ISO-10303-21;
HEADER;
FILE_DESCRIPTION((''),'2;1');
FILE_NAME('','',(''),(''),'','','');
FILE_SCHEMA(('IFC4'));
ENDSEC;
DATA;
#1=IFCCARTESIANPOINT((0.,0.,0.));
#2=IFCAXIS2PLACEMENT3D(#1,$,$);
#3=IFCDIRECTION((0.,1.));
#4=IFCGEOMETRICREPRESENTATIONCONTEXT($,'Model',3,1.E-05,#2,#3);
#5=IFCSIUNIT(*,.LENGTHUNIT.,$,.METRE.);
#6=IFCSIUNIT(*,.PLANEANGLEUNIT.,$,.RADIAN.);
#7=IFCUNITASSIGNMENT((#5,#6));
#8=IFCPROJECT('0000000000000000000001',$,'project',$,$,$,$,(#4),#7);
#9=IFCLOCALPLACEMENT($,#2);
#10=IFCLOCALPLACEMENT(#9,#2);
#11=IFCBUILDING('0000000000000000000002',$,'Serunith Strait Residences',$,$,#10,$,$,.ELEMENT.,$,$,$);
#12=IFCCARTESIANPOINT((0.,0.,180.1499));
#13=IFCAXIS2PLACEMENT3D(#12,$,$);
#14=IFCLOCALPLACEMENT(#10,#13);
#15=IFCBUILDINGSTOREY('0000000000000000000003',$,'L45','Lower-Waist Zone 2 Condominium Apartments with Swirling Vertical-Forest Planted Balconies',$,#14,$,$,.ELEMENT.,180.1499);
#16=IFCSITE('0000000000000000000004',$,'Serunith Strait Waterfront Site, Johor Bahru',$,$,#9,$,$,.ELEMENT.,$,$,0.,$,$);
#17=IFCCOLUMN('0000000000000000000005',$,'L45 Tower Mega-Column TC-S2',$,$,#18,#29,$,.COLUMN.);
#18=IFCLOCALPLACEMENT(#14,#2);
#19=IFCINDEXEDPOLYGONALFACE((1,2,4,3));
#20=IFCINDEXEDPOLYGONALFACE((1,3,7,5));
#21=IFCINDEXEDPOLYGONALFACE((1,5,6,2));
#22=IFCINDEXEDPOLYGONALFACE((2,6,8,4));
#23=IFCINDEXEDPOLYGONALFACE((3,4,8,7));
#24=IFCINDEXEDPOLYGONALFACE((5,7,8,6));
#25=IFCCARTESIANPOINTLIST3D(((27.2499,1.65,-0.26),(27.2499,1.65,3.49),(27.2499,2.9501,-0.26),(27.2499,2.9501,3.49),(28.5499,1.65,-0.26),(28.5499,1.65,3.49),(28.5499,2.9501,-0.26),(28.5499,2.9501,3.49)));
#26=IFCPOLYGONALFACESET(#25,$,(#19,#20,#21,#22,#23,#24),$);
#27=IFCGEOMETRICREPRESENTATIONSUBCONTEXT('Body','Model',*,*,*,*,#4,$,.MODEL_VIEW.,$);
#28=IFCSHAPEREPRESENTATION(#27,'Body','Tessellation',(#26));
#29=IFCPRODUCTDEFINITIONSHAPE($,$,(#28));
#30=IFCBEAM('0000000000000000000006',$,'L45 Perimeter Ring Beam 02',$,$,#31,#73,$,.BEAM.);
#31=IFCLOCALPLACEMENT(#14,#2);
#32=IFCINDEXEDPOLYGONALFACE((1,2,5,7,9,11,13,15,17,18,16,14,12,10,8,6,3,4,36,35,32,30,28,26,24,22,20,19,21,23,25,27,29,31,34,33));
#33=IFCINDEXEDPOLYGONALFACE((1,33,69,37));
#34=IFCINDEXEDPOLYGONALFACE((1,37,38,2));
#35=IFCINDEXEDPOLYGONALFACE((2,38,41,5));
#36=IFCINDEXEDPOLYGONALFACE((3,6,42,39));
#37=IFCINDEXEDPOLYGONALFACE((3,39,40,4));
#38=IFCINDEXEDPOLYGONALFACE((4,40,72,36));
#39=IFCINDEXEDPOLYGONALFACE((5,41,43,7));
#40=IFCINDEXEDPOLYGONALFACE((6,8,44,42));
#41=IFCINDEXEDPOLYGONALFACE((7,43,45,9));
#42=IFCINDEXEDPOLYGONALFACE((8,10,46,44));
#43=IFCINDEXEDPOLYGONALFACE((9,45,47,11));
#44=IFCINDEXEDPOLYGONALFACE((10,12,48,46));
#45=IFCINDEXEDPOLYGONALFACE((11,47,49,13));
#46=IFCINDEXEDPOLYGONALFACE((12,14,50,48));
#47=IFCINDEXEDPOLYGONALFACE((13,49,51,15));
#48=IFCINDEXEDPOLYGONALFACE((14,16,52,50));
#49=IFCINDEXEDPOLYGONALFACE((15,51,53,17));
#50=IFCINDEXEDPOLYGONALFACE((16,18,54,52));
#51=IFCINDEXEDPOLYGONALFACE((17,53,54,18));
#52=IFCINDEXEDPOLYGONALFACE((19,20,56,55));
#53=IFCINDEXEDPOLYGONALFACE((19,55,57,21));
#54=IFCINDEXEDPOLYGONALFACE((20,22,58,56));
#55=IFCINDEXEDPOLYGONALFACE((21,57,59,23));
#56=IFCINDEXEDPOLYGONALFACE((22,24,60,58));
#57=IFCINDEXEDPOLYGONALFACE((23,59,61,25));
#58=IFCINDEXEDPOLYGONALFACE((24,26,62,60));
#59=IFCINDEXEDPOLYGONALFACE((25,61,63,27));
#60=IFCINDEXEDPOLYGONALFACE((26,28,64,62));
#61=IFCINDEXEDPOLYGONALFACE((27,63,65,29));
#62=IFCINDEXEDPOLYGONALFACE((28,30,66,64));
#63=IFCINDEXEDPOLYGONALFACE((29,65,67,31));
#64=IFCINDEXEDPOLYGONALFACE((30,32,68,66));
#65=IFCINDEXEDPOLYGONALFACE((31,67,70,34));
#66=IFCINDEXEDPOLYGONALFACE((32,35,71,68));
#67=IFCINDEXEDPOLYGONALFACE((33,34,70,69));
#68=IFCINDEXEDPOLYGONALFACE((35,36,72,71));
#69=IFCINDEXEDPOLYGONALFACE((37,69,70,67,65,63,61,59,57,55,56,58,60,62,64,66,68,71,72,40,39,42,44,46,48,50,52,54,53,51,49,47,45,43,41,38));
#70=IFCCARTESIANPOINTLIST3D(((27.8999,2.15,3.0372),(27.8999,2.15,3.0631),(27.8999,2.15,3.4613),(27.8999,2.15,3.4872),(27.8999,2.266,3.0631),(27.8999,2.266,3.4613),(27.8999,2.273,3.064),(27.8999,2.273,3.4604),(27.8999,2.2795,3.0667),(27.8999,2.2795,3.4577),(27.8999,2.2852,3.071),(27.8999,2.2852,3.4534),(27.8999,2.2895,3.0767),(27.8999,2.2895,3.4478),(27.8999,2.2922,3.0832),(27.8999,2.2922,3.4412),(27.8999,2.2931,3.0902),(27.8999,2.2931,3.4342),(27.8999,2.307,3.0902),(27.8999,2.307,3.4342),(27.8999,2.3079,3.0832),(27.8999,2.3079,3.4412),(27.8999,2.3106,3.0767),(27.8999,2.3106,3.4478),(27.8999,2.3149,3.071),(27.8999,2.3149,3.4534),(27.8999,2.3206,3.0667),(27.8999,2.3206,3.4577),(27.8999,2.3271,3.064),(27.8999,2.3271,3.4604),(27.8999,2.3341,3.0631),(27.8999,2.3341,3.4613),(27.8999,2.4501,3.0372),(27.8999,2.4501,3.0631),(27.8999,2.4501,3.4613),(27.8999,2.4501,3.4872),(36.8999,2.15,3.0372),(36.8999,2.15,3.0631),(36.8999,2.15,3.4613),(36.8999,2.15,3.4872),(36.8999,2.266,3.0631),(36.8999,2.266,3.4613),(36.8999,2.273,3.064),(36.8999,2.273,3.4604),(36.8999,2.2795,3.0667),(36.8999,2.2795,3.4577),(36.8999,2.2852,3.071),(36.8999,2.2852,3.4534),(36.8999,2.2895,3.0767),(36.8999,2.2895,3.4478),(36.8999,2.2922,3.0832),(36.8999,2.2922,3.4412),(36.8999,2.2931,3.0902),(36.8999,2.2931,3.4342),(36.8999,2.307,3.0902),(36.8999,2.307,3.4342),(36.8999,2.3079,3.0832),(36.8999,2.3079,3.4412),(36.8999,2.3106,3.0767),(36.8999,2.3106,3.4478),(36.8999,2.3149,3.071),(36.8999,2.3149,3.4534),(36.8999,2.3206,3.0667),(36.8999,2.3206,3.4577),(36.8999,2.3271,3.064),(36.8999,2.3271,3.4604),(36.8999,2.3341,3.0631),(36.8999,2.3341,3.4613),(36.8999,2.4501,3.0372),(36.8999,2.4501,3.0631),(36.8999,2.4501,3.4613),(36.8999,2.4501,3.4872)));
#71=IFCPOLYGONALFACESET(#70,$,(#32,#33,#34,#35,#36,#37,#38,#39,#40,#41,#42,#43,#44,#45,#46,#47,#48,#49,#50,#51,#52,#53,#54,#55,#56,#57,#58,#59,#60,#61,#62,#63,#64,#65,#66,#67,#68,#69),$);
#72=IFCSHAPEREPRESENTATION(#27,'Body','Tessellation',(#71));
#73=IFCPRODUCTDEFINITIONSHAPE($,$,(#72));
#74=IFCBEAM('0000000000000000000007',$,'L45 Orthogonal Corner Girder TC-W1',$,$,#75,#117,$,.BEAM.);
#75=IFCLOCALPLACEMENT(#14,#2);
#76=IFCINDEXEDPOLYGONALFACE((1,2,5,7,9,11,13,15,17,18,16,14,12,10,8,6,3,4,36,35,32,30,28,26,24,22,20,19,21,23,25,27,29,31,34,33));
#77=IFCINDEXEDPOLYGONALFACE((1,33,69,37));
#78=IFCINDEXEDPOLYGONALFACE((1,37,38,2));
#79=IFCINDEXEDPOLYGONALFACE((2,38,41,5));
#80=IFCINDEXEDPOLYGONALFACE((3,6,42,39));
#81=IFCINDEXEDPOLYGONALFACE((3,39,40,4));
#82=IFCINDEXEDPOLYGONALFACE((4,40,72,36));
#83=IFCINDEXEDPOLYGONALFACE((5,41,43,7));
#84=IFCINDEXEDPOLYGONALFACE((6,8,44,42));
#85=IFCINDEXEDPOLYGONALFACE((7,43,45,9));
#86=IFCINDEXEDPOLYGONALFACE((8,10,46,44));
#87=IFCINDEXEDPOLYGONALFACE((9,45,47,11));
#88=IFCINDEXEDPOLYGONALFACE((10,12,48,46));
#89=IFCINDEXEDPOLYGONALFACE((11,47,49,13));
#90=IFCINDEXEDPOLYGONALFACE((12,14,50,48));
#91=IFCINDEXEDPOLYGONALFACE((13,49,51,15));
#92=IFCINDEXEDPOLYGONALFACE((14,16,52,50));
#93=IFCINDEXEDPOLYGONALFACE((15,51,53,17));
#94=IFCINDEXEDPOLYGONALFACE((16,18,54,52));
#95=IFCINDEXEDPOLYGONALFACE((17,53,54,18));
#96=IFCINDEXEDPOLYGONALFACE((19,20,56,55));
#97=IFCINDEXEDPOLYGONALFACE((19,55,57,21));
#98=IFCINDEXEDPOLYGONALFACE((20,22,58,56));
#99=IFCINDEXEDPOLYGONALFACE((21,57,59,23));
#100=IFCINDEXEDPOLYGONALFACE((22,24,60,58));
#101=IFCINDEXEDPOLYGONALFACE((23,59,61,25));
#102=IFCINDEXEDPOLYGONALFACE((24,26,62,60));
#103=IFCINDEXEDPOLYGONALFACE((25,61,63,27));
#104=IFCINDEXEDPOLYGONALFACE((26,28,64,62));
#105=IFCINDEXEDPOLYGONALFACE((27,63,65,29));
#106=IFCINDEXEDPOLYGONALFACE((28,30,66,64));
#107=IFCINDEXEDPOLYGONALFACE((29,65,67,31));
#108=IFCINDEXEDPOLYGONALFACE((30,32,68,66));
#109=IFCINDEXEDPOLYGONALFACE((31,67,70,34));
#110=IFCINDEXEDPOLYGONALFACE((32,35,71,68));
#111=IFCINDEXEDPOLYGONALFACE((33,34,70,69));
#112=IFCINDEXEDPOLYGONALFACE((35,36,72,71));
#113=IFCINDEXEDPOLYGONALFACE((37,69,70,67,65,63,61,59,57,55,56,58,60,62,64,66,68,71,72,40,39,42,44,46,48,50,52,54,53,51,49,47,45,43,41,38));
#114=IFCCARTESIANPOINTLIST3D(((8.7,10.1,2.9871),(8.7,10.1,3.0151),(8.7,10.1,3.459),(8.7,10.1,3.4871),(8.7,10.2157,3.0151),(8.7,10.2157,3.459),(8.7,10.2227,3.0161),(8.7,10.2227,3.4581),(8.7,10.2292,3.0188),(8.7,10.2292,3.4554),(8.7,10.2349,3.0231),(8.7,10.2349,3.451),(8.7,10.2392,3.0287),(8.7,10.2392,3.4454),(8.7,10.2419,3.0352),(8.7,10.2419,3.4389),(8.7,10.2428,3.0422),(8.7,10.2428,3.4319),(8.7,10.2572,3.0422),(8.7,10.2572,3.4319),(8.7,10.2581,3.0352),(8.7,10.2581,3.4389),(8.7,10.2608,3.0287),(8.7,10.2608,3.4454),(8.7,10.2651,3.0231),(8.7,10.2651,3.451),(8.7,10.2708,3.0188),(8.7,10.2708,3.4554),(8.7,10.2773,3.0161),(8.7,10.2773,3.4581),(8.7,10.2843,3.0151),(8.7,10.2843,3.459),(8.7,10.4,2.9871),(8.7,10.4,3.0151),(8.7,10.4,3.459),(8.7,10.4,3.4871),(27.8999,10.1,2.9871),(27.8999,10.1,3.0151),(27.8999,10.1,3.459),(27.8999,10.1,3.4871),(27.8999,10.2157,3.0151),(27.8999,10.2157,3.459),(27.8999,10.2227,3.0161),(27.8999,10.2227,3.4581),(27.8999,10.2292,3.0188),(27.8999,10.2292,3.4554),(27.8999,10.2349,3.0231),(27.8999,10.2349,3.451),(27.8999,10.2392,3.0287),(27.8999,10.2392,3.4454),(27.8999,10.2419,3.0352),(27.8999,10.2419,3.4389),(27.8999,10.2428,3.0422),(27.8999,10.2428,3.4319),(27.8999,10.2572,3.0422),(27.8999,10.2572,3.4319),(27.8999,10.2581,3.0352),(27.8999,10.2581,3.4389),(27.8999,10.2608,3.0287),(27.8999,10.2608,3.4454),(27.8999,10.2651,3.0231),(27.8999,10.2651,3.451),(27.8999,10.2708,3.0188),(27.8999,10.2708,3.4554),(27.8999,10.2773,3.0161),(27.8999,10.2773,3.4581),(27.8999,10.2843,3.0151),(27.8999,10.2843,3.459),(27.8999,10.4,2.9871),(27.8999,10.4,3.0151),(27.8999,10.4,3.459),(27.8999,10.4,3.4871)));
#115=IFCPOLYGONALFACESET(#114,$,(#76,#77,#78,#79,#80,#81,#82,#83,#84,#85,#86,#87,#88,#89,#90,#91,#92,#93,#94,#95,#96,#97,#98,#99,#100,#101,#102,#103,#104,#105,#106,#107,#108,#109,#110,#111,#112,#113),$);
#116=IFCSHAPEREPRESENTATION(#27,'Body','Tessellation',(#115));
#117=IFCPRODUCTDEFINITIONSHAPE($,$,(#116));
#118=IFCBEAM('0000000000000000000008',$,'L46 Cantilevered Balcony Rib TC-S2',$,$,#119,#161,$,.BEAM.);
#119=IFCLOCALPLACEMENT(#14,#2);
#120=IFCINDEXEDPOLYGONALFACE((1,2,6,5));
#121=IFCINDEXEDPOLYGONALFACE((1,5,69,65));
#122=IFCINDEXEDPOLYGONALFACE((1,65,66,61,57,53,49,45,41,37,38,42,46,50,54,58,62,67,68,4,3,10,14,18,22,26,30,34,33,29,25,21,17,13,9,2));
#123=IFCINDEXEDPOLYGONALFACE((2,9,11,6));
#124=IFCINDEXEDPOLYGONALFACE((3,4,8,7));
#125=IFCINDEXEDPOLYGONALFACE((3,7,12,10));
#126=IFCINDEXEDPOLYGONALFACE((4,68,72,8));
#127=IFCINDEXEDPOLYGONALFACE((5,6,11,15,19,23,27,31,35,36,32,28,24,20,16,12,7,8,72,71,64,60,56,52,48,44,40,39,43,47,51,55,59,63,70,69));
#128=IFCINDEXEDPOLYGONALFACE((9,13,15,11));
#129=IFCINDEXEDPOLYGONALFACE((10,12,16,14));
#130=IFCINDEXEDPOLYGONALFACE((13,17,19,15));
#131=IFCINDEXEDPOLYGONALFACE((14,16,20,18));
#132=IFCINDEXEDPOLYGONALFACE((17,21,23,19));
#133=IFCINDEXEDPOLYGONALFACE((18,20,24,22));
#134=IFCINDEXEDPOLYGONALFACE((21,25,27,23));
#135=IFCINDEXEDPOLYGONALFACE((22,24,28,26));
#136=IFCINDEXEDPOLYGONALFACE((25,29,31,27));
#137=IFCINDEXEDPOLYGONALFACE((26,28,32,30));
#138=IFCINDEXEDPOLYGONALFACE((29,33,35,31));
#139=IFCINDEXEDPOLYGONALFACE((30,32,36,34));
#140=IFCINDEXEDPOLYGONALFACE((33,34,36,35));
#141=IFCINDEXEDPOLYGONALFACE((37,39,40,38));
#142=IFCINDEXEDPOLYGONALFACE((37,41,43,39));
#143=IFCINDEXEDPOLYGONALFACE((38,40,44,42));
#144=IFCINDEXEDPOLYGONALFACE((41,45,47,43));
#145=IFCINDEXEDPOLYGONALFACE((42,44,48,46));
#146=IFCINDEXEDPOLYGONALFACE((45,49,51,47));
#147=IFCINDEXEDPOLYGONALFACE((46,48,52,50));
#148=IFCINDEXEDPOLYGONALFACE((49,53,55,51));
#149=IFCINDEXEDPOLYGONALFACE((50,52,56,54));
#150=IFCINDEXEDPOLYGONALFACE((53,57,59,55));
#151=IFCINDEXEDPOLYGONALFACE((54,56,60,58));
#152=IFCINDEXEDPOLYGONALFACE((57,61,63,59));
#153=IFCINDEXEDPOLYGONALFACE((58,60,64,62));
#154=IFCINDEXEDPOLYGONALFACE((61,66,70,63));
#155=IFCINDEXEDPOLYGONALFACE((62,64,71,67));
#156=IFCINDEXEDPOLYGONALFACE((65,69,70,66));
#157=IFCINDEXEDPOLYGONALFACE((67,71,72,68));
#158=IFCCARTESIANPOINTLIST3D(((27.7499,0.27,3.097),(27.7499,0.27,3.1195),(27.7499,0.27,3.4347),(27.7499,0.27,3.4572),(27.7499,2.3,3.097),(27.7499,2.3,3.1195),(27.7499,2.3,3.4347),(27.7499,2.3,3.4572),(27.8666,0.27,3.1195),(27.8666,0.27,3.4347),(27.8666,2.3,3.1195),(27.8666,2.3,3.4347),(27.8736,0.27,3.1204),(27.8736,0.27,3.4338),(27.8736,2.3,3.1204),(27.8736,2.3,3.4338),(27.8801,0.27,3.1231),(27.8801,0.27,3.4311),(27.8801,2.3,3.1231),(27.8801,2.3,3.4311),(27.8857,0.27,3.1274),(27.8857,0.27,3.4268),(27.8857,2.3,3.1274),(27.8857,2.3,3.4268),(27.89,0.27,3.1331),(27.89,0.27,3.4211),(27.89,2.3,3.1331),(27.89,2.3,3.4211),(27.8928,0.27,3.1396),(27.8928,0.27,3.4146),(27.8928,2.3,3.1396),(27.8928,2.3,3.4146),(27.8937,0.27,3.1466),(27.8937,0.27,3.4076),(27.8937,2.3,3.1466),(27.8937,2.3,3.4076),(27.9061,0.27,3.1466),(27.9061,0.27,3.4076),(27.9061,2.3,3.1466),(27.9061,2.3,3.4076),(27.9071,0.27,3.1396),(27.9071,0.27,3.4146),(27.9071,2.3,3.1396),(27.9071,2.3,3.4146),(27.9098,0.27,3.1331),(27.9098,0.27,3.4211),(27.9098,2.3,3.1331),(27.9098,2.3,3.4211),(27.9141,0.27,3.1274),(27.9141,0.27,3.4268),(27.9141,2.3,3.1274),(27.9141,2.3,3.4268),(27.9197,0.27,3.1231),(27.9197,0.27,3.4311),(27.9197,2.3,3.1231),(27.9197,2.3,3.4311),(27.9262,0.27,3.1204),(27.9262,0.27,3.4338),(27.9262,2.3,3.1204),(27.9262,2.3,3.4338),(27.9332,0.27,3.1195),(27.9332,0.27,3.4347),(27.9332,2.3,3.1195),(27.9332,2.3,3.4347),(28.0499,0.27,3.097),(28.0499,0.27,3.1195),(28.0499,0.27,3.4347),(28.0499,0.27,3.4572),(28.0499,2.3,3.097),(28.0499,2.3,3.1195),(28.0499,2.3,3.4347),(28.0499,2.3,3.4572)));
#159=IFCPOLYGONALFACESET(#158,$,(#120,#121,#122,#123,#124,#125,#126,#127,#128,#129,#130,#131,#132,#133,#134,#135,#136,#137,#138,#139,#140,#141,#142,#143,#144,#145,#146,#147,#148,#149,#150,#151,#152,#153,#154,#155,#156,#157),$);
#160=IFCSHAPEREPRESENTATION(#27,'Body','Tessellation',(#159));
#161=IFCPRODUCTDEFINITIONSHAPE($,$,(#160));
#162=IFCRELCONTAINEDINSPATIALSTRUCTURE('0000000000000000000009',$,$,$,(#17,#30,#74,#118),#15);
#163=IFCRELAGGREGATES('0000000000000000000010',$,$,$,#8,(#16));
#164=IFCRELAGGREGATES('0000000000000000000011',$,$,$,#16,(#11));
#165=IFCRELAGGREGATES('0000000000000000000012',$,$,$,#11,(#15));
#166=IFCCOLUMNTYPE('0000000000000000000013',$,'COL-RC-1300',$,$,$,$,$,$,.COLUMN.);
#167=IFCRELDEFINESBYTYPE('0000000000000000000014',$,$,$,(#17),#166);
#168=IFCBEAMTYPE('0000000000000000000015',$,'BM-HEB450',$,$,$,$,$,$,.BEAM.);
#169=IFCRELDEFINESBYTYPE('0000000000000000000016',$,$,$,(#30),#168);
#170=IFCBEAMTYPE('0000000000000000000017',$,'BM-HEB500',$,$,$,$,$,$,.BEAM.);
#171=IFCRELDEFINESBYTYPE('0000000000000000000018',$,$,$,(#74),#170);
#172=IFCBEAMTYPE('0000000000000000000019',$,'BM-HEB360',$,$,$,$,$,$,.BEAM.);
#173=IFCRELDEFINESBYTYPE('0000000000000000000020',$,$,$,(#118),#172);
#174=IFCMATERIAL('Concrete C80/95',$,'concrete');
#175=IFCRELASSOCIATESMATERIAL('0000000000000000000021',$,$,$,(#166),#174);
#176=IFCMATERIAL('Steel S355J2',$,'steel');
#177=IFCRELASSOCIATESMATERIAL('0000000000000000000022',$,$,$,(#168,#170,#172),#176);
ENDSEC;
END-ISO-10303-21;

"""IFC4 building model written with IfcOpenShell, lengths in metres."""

from ifc_helpers import new_model, si_unit, direction, frame, origin, origin_2d, place, context, subcontext, project, spatial, rectangle, i_section, extrude, source, transform, mapped, material, material_profile, profile_set, type_object, element, save


model = new_model("IFC4")

# Units and contexts
model_context = context("Model", 3, precision=1e-05, world=origin(), true_north=direction((0.0, 1.0)))
body_context = subcontext(model_context, "Body", "Model", "MODEL_VIEW")
ifc_project = project(units=[si_unit("LENGTHUNIT", "METRE"), si_unit("PLANEANGLEUNIT", "RADIAN")], contexts=[model_context])

# Site, building, storey
site_placement = place(None, origin())
site = spatial("IfcSite", under=ifc_project, at=site_placement, Name="Serunith Strait Waterfront Site, Johor Bahru", CompositionType="ELEMENT", RefElevation=0.0)
building_placement = place(site_placement, origin())
building = spatial("IfcBuilding", under=site, at=building_placement, Name="Serunith Strait Residences", CompositionType="ELEMENT")
storey_placement = place(building_placement, frame((0.0, 0.0, 180.1499)))
storey = spatial("IfcBuildingStorey", under=building, at=storey_placement, Name="L45", Description="Lower-Waist Zone 2 Condominium Apartments with Swirling Vertical-Forest Planted Balconies", CompositionType="ELEMENT", Elevation=180.1499)

# Column
ifc_material_1 = material(Name="Concrete C80/95", Category="concrete")
ifc_material_profile_1 = material_profile(ifc_material_1, rectangle(XDim=1.3, YDim=1.3, at=origin_2d()), Name="RC 1300x1300")
ifc_profile_set_1 = profile_set([ifc_material_profile_1], Name="Concrete C80/95")
column_type = type_object("IfcColumnType", Name="COL-RC-1300", PredefinedType="COLUMN", material=ifc_profile_set_1)
shared_shape_1 = source(origin(), body_context, "Body", "SweptSolid", [
    extrude(rectangle(XDim=1.3, YDim=1.3, at=origin_2d()), origin(), (0.0, 0.0, 1.0), 3.75),
])
column_placement = place(storey_placement, frame((27.8999, 2.3, -0.26), z_axis=(0.0, 0.0, 1.0), x_axis=(1.0, 0.0, 0.0)))
element("IfcColumn", 1, at=column_placement, inside=storey, type_object=column_type, Name="L45 Tower Mega-Column TC-S2", PredefinedType="COLUMN", context=body_context, shape_type="MappedRepresentation", body=[
    mapped(shared_shape_1, transform((0.0, 0.0, 0.0), scale=1.0)),
])

# Beams
ifc_material_2 = material(Name="Steel S355J2", Category="steel")
ifc_material_profile_2 = material_profile(ifc_material_2, i_section(OverallWidth=0.3, OverallDepth=0.45, WebThickness=0.0139, FlangeThickness=0.0259, FilletRadius=0.0271, at=origin_2d()), Name="HEB 450")
ifc_profile_set_2 = profile_set([ifc_material_profile_2], Name="Steel S355J2")
beam_type_1 = type_object("IfcBeamType", Name="BM-HEB450", PredefinedType="BEAM", material=ifc_profile_set_2)
shared_shape_2 = source(origin(), body_context, "Body", "SweptSolid", [
    extrude(i_section(OverallWidth=0.3, OverallDepth=0.45, WebThickness=0.0139, FlangeThickness=0.0259, FilletRadius=0.0271, at=origin_2d()), origin(), (0.0, 0.0, 1.0), 9.0),
])
beam_1_placement = place(storey_placement, frame((27.8999, 2.3, 3.2622), z_axis=(1.0, 0.0, 0.0), x_axis=(0.0, 1.0, 0.0)))
element("IfcBeam", 2, at=beam_1_placement, inside=storey, type_object=beam_type_1, Name="L45 Perimeter Ring Beam 02", PredefinedType="BEAM", context=body_context, shape_type="MappedRepresentation", body=[
    mapped(shared_shape_2, transform((0.0, 0.0, 0.0), scale=1.0)),
])
ifc_material_profile_3 = material_profile(ifc_material_2, i_section(OverallWidth=0.3, OverallDepth=0.5, WebThickness=0.0144, FlangeThickness=0.0281, FilletRadius=0.0271, at=origin_2d()), Name="HEB 500")
ifc_profile_set_3 = profile_set([ifc_material_profile_3], Name="Steel S355J2")
beam_type_2 = type_object("IfcBeamType", Name="BM-HEB500", PredefinedType="BEAM", material=ifc_profile_set_3)
shared_shape_3 = source(origin(), body_context, "Body", "SweptSolid", [
    extrude(i_section(OverallWidth=0.3, OverallDepth=0.5, WebThickness=0.0144, FlangeThickness=0.0281, FilletRadius=0.0271, at=origin_2d()), origin(), (0.0, 0.0, 1.0), 19.2),
])
beam_2_placement = place(storey_placement, frame((27.8999, 10.25, 3.2371), z_axis=(-1.0, 0.0, 0.0), x_axis=(0.0, -1.0, 0.0)))
element("IfcBeam", 3, at=beam_2_placement, inside=storey, type_object=beam_type_2, Name="L45 Orthogonal Corner Girder TC-W1", PredefinedType="BEAM", context=body_context, shape_type="MappedRepresentation", body=[
    mapped(shared_shape_3, transform((0.0, 0.0, 0.0), scale=1.0)),
])
ifc_material_profile_4 = material_profile(ifc_material_2, i_section(OverallWidth=0.3, OverallDepth=0.3601, WebThickness=0.0125, FlangeThickness=0.0225, FilletRadius=0.0271, at=origin_2d()), Name="HEB 360")
ifc_profile_set_4 = profile_set([ifc_material_profile_4], Name="Steel S355J2")
beam_type_3 = type_object("IfcBeamType", Name="BM-HEB360", PredefinedType="BEAM", material=ifc_profile_set_4)
shared_shape_4 = source(origin(), body_context, "Body", "SweptSolid", [
    extrude(i_section(OverallWidth=0.3, OverallDepth=0.3601, WebThickness=0.0125, FlangeThickness=0.0225, FilletRadius=0.0271, at=origin_2d()), origin(), (0.0, 0.0, 1.0), 2.03),
])
beam_3_placement = place(storey_placement, frame((27.8999, 2.3, 3.2771), z_axis=(0.0, -1.0, 0.0), x_axis=(1.0, 0.0, 0.0)))
element("IfcBeam", 4, at=beam_3_placement, inside=storey, type_object=beam_type_3, Name="L46 Cantilevered Balcony Rib TC-S2", PredefinedType="BEAM", context=body_context, shape_type="MappedRepresentation", body=[
    mapped(shared_shape_4, transform((0.0, 0.0, 0.0), scale=1.0)),
])

save(model, "model.ifc")
